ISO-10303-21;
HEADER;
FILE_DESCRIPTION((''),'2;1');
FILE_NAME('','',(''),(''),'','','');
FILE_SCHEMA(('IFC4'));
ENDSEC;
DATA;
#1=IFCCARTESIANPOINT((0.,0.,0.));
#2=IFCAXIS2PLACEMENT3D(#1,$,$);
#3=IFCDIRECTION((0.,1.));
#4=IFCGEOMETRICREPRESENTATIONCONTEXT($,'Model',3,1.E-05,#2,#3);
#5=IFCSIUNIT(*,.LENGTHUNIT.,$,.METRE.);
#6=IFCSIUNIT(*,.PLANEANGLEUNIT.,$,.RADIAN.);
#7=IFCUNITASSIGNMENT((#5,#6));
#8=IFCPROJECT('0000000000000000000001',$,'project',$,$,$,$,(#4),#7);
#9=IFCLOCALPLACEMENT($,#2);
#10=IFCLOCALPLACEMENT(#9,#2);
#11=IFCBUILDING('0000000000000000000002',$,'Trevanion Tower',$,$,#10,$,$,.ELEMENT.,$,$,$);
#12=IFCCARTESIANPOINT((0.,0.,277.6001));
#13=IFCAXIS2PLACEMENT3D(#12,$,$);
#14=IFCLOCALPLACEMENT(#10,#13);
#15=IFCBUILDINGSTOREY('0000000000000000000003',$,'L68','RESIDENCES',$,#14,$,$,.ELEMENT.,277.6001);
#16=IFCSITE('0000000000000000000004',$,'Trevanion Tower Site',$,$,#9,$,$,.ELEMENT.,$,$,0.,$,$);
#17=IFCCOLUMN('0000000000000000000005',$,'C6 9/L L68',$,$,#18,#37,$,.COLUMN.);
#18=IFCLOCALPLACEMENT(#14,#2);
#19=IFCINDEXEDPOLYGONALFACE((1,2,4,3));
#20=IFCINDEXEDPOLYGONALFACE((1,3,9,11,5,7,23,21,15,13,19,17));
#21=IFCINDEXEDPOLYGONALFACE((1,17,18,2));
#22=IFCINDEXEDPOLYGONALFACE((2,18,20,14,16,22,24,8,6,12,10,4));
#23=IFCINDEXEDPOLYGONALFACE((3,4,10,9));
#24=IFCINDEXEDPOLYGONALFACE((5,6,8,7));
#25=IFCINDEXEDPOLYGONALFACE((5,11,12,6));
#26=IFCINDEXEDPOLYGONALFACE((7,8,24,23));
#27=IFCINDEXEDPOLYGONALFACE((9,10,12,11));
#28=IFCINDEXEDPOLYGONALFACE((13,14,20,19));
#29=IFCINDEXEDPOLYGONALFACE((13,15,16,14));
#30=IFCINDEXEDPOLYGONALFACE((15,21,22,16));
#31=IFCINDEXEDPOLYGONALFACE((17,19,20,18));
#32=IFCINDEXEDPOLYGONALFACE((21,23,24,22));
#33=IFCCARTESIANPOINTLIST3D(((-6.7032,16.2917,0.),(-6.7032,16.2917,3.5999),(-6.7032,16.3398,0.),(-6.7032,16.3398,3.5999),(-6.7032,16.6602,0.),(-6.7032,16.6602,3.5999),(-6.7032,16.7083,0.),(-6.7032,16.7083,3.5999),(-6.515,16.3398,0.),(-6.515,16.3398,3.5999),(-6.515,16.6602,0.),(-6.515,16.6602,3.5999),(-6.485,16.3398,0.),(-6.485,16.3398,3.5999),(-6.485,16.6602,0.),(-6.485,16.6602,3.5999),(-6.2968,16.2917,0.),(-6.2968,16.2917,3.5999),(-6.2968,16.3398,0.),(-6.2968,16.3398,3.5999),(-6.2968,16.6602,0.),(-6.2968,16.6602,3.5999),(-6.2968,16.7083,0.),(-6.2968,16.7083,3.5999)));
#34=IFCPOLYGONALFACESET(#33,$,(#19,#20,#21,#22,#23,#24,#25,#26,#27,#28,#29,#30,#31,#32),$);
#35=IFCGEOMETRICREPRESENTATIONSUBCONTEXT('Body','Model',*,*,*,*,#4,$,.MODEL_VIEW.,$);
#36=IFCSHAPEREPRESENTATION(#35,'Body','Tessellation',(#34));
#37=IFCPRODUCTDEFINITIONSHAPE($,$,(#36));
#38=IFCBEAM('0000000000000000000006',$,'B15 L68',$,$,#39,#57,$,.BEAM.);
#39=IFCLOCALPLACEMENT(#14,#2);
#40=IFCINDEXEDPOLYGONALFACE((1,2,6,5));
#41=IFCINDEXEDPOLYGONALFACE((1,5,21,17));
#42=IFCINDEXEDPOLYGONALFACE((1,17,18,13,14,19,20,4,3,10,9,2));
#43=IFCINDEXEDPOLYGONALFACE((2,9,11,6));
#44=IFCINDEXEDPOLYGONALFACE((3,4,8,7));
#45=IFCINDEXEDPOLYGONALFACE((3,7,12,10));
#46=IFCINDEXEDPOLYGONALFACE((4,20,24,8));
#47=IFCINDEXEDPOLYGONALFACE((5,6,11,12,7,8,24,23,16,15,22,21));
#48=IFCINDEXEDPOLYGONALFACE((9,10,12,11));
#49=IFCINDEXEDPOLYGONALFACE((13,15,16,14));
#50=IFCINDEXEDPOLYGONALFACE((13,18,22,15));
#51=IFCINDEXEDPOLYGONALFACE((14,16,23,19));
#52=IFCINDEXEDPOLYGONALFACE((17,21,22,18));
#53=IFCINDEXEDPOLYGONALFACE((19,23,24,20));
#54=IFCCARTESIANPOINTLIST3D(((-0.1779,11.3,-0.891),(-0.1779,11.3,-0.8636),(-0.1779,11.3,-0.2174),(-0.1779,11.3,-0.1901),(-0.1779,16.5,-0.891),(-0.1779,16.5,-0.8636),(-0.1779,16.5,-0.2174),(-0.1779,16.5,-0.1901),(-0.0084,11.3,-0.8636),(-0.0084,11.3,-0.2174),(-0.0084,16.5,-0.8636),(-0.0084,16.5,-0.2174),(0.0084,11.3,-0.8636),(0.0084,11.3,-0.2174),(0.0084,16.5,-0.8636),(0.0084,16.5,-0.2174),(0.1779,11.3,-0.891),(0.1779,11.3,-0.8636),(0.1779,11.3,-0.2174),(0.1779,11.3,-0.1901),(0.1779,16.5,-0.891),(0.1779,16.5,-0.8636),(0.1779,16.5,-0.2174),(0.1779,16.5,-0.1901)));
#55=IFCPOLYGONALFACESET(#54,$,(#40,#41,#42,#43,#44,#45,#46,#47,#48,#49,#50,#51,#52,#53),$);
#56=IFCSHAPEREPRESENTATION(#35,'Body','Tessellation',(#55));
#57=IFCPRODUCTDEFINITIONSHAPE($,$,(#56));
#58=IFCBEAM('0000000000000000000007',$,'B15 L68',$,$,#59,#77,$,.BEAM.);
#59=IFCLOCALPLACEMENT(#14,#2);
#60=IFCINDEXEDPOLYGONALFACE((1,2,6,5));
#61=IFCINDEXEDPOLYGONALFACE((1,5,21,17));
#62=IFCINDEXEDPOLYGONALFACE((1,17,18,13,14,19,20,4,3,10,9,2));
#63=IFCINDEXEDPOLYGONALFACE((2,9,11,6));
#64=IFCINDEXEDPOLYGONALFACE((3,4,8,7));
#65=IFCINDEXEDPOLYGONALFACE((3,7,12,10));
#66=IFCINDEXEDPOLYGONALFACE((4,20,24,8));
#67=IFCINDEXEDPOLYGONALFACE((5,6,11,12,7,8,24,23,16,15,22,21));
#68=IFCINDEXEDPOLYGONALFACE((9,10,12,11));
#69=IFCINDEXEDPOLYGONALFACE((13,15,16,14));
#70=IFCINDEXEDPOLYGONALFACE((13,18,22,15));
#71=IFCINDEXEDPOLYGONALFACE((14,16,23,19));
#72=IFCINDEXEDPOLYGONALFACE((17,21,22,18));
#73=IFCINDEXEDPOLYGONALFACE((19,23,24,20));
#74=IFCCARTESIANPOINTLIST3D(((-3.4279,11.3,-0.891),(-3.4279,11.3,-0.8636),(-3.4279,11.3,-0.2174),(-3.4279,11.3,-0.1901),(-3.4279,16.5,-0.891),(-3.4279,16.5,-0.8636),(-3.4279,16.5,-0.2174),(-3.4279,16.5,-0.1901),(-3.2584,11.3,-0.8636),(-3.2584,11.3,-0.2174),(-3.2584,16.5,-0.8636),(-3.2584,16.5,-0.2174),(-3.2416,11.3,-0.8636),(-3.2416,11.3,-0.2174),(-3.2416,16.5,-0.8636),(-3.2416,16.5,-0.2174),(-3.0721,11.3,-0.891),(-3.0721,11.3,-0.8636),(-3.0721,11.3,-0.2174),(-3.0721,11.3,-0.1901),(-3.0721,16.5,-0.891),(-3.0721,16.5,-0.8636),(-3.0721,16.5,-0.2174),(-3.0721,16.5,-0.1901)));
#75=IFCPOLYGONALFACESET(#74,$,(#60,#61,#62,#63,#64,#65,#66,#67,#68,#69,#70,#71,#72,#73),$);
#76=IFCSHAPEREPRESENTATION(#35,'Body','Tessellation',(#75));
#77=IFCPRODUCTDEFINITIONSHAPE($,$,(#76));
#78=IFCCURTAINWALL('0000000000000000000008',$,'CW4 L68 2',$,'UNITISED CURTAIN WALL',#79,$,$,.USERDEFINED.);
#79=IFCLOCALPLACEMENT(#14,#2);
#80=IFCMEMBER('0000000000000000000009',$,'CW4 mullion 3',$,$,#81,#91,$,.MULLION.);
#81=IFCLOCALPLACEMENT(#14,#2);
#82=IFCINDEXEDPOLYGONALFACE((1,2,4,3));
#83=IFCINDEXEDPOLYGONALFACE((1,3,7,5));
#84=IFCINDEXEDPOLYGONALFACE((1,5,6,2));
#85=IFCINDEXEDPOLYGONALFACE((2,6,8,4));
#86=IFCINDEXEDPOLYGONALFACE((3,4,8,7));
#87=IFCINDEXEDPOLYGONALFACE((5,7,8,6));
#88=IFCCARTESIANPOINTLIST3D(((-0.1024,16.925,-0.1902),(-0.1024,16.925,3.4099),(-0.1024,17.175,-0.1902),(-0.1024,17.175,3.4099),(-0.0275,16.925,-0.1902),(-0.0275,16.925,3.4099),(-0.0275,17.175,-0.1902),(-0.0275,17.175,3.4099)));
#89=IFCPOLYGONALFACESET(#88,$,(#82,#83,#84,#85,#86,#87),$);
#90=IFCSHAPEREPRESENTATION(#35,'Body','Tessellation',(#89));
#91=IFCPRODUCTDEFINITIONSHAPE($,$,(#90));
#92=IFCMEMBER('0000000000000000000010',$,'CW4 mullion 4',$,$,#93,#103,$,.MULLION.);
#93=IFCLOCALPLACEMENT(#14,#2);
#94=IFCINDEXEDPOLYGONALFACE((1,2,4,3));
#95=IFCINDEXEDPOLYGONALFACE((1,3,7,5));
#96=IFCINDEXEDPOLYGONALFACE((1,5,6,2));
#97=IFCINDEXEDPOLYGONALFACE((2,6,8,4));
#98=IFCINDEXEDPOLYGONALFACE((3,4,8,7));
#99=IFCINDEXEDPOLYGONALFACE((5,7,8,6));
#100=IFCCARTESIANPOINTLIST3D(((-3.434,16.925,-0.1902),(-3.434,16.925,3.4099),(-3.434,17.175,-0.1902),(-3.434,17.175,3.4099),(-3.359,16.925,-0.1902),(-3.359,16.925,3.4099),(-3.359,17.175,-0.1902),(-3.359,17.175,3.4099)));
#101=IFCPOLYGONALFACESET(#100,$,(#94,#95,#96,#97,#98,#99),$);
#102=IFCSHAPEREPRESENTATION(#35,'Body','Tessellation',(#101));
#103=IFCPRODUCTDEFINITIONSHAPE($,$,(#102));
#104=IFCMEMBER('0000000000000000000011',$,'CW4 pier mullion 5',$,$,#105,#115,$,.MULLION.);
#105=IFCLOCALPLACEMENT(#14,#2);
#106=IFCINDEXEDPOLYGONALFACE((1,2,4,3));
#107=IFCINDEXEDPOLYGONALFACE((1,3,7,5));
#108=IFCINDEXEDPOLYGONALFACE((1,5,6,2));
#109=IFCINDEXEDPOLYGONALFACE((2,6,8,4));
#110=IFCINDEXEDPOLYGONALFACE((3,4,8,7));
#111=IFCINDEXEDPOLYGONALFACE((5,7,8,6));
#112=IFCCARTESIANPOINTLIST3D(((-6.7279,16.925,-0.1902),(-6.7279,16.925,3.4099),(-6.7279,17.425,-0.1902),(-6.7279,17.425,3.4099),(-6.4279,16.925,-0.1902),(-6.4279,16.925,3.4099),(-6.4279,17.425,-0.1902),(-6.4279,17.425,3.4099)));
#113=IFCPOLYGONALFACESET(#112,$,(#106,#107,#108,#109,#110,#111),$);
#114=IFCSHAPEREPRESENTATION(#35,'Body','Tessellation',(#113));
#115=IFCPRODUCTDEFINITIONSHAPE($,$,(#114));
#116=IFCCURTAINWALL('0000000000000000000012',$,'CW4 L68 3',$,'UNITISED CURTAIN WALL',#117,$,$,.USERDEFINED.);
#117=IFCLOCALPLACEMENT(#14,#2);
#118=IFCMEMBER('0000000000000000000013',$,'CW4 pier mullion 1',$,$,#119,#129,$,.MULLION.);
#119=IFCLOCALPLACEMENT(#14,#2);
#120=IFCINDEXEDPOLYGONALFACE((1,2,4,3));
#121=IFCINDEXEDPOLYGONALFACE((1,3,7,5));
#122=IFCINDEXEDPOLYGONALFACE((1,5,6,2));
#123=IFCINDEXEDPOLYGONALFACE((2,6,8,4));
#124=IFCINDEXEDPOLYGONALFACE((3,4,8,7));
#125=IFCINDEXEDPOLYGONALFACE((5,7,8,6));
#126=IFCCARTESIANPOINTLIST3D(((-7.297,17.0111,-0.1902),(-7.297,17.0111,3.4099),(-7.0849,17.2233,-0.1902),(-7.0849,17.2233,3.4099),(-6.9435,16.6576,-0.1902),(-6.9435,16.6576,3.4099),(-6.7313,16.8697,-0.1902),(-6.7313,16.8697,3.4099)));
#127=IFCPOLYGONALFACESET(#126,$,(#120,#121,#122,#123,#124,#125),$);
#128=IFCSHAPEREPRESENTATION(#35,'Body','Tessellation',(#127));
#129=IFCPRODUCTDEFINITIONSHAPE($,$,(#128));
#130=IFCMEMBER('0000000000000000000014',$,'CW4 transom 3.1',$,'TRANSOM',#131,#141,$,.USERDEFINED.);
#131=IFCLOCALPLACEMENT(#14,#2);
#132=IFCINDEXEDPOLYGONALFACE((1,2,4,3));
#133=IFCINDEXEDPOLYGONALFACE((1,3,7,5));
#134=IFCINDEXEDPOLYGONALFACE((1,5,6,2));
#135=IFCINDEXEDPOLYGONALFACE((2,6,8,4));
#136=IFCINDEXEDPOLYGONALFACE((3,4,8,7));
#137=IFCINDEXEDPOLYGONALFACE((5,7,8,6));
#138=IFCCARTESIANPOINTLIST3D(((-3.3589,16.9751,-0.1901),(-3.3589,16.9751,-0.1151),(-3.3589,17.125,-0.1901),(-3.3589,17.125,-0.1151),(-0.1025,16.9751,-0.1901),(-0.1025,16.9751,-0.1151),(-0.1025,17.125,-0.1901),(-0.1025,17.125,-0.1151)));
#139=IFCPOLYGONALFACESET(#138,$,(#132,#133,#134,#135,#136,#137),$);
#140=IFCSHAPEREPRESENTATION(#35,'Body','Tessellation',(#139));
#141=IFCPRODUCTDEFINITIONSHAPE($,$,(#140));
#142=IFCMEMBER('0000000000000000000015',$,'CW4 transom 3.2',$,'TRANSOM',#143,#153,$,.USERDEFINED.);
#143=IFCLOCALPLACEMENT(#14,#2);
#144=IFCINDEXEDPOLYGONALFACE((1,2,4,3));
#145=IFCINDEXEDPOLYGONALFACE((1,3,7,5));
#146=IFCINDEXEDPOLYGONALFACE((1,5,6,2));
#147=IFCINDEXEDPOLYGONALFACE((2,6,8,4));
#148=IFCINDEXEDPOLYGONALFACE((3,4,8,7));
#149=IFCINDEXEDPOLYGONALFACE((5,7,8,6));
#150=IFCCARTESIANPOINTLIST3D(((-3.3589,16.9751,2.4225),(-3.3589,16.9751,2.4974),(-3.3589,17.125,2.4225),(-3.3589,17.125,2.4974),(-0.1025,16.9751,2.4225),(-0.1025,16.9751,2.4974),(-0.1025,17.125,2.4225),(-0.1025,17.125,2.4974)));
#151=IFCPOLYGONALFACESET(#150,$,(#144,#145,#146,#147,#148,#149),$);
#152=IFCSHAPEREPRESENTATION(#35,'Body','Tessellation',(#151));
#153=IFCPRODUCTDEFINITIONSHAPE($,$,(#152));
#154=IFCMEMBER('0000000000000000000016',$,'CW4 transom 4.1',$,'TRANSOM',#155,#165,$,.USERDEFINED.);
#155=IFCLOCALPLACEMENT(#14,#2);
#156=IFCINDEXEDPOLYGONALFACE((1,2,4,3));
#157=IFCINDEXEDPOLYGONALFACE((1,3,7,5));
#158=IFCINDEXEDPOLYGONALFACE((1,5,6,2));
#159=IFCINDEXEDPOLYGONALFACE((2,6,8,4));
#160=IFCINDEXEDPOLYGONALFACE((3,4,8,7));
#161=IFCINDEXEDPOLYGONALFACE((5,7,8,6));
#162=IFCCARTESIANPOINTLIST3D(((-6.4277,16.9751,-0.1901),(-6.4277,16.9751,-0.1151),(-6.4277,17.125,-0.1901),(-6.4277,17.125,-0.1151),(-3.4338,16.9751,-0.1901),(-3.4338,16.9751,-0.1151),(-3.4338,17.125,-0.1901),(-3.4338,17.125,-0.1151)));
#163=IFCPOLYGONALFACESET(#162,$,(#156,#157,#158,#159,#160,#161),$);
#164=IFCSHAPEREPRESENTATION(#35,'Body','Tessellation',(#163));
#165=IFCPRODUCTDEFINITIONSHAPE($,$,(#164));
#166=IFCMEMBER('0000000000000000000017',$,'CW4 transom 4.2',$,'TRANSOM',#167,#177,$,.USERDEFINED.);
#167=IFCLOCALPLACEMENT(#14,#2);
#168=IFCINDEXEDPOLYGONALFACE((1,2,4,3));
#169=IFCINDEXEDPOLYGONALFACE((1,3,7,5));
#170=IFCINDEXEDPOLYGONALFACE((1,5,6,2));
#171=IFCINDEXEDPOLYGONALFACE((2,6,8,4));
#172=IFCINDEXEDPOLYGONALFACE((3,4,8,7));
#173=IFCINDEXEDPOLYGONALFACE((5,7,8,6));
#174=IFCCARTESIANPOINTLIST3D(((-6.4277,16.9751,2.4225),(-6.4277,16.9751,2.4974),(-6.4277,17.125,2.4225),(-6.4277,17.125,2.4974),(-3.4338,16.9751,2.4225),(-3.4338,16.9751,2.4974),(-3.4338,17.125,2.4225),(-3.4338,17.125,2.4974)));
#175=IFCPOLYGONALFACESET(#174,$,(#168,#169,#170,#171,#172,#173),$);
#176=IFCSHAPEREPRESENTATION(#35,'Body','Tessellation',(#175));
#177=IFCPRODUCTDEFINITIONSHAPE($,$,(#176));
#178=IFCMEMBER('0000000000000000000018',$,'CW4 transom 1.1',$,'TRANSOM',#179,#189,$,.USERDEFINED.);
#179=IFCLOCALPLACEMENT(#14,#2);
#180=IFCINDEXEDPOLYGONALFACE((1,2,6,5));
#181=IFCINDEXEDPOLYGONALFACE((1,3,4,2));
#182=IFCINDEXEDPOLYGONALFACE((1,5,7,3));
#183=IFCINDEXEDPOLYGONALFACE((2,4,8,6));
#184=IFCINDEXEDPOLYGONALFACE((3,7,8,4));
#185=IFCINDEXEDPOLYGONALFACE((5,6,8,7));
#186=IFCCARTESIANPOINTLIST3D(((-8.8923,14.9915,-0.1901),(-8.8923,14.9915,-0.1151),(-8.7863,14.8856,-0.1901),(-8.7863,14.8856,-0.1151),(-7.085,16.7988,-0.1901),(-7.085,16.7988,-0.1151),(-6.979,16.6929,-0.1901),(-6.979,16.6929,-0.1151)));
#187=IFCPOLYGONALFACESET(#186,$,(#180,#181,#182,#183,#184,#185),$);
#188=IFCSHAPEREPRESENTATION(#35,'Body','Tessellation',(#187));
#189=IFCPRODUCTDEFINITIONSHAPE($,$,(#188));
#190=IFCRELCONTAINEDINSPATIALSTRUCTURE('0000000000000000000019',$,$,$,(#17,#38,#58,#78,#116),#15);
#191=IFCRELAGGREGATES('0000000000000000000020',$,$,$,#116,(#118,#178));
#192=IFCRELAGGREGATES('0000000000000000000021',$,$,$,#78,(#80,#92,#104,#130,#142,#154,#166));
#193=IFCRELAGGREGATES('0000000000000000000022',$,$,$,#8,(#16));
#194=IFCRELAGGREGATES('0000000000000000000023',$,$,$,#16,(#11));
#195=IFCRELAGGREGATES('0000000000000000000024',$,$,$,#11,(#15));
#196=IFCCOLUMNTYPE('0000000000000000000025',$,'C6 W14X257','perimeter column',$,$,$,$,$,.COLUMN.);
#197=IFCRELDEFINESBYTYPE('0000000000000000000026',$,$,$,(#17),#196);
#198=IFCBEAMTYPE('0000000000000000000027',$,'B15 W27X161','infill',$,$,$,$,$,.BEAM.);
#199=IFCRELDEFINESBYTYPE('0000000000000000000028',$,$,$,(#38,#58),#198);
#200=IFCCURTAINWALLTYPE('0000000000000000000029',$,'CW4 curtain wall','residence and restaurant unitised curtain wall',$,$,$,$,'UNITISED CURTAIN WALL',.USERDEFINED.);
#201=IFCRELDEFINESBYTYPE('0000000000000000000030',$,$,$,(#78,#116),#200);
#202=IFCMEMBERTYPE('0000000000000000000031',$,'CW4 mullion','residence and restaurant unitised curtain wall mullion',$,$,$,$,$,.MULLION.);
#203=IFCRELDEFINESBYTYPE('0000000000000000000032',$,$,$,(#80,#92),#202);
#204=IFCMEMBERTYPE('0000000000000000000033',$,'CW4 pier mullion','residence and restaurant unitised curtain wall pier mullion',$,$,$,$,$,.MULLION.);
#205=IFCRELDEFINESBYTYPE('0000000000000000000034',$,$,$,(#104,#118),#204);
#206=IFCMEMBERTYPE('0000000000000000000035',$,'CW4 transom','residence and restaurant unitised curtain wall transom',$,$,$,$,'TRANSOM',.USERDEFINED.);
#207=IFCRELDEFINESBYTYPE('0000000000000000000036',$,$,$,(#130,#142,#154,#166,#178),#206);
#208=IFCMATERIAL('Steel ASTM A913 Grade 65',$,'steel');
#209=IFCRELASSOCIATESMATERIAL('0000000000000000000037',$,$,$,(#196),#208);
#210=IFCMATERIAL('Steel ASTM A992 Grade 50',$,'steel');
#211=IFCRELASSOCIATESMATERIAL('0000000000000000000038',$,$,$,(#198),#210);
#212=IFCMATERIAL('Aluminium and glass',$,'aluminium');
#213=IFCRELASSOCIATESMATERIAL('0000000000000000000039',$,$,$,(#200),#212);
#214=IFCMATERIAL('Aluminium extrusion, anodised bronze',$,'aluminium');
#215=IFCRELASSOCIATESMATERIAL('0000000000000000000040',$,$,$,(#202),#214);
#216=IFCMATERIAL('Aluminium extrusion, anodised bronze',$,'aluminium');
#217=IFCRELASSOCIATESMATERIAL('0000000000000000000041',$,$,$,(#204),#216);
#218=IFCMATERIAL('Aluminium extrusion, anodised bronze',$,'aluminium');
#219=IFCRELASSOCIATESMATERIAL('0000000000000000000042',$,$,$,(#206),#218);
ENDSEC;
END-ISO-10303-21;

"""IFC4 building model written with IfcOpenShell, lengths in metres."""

from ifc_helpers import new_model, si_unit, direction, frame, origin, origin_2d, place, context, subcontext, project, spatial, rectangle, i_section, extrude, material, material_profile, profile_set, type_object, element, aggregate, save


model = new_model("IFC4")

# Units and contexts
model_context = context("Model", 3, precision=1e-05, world=origin(), true_north=direction((0.0, 1.0)))
body_context = subcontext(model_context, "Body", "Model", "MODEL_VIEW")
ifc_project = project(units=[si_unit("LENGTHUNIT", "METRE"), si_unit("PLANEANGLEUNIT", "RADIAN")], contexts=[model_context])

# Site, building, storey
site_placement = place(None, origin())
site = spatial("IfcSite", under=ifc_project, at=site_placement, Name="Trevanion Tower Site", CompositionType="ELEMENT", RefElevation=0.0)
building_placement = place(site_placement, origin())
building = spatial("IfcBuilding", under=site, at=building_placement, Name="Trevanion Tower", CompositionType="ELEMENT")
storey_placement = place(building_placement, frame((0.0, 0.0, 277.6001)))
storey = spatial("IfcBuildingStorey", under=building, at=storey_placement, Name="L68", Description="RESIDENCES", CompositionType="ELEMENT", Elevation=277.6001)

# Column
ifc_material_1 = material(Name="Steel ASTM A913 Grade 65", Category="steel")
ifc_material_profile_1 = material_profile(ifc_material_1, i_section(OverallWidth=0.4065, OverallDepth=0.4165, WebThickness=0.03, FlangeThickness=0.0481, at=origin_2d()), Name="W14X257")
ifc_profile_set_1 = profile_set([ifc_material_profile_1], Name="Steel ASTM A913 Grade 65")
column_type = type_object("IfcColumnType", Name="C6 W14X257", Description="perimeter column", PredefinedType="COLUMN", material=ifc_profile_set_1)
column_placement = place(storey_placement, frame((-6.5, 16.5, 0.0), z_axis=(0.0, 0.0, 1.0), x_axis=(1.0, 0.0, 0.0)))
element("IfcColumn", 1, at=column_placement, inside=storey, type_object=column_type, Name="C6 9/L L68", PredefinedType="COLUMN", context=body_context, shape_type="SweptSolid", body=[
    extrude(i_section(OverallWidth=0.4065, OverallDepth=0.4165, WebThickness=0.03, FlangeThickness=0.0481, at=origin_2d()), origin(), (0.0, 0.0, 1.0), 3.5999),
])

# Beams
ifc_material_2 = material(Name="Steel ASTM A992 Grade 50", Category="steel")
ifc_material_profile_2 = material_profile(ifc_material_2, i_section(OverallWidth=0.3557, OverallDepth=0.7009, WebThickness=0.0168, FlangeThickness=0.0273, at=origin_2d()), Name="W27X161")
ifc_profile_set_2 = profile_set([ifc_material_profile_2], Name="Steel ASTM A992 Grade 50")
beam_type_1 = type_object("IfcBeamType", Name="B15 W27X161", Description="infill", PredefinedType="BEAM", material=ifc_profile_set_2)
for number, where, z_axis, x_axis, name in (
    (2, (0.0, 11.3, -0.5405), (0.0, 1.0, 0.0), (-1.0, 0.0, 0.0), "B15 L68"),
    (3, (-3.25, 11.3, -0.5405), (0.0, 1.0, 0.0), (-1.0, 0.0, 0.0), "B15 L68"),
):
    element("IfcBeam", number, at=place(storey_placement, frame(where, z_axis=z_axis, x_axis=x_axis)), inside=storey, type_object=beam_type_1, Name=name, PredefinedType="BEAM", context=body_context, shape_type="SweptSolid", body=[
        extrude(i_section(OverallWidth=0.3557, OverallDepth=0.7009, WebThickness=0.0168, FlangeThickness=0.0273, at=origin_2d()), origin(), (0.0, 0.0, 1.0), 5.2),
    ])

# Curtain wall, members
ifc_material_3 = material(Name="Aluminium and glass", Category="aluminium")
curtain_wall_type = type_object("IfcCurtainWallType", Name="CW4 curtain wall", Description="residence and restaurant unitised curtain wall", ElementType="UNITISED CURTAIN WALL", PredefinedType="USERDEFINED", material=ifc_material_3)
curtain_wall_1_placement = place(storey_placement, origin())
curtain_wall_1 = element("IfcCurtainWall", 4, at=curtain_wall_1_placement, inside=storey, type_object=curtain_wall_type, Name="CW4 L68 2", ObjectType="UNITISED CURTAIN WALL", PredefinedType="USERDEFINED")
ifc_material_4 = material(Name="Aluminium extrusion, anodised bronze", Category="aluminium")
ifc_material_profile_3 = material_profile(ifc_material_4, rectangle(XDim=0.075, YDim=0.25, at=origin_2d()), Name="CW4 mullion")
ifc_profile_set_3 = profile_set([ifc_material_profile_3], Name="Aluminium extrusion, anodised bronze")
member_type_1 = type_object("IfcMemberType", Name="CW4 mullion", Description="residence and restaurant unitised curtain wall mullion", PredefinedType="MULLION", material=ifc_profile_set_3)
member_1_placement = place(storey_placement, frame((-0.0649, 17.05, -0.1902), z_axis=(0.0, 0.0, 1.0), x_axis=(-1.0, 0.0, 0.0)))
member_1 = element("IfcMember", 5, at=member_1_placement, type_object=member_type_1, Name="CW4 mullion 3", PredefinedType="MULLION", context=body_context, shape_type="SweptSolid", body=[
    extrude(rectangle(XDim=0.075, YDim=0.25, at=origin_2d()), origin(), (0.0, 0.0, 1.0), 3.6001),
])
member_2_placement = place(storey_placement, frame((-3.3965, 17.05, -0.1902), z_axis=(0.0, 0.0, 1.0), x_axis=(-1.0, 0.0, 0.0)))
member_2 = element("IfcMember", 6, at=member_2_placement, type_object=member_type_1, Name="CW4 mullion 4", PredefinedType="MULLION", context=body_context, shape_type="SweptSolid", body=[
    extrude(rectangle(XDim=0.075, YDim=0.25, at=origin_2d()), origin(), (0.0, 0.0, 1.0), 3.6001),
])
ifc_material_5 = material(Name="Aluminium extrusion, anodised bronze", Category="aluminium")
ifc_material_profile_4 = material_profile(ifc_material_5, rectangle(XDim=0.3, YDim=0.5, at=origin_2d()), Name="CW4 pier mullion")
ifc_profile_set_4 = profile_set([ifc_material_profile_4], Name="Aluminium extrusion, anodised bronze")
member_type_2 = type_object("IfcMemberType", Name="CW4 pier mullion", Description="residence and restaurant unitised curtain wall pier mullion", PredefinedType="MULLION", material=ifc_profile_set_4)
member_3_placement = place(storey_placement, frame((-6.5779, 17.175, -0.1902), z_axis=(0.0, 0.0, 1.0), x_axis=(-1.0, 0.0, 0.0)))
member_3 = element("IfcMember", 7, at=member_3_placement, type_object=member_type_2, Name="CW4 pier mullion 5", PredefinedType="MULLION", context=body_context, shape_type="SweptSolid", body=[
    extrude(rectangle(XDim=0.3, YDim=0.5, at=origin_2d()), origin(), (0.0, 0.0, 1.0), 3.6001),
])

# Curtain wall, member
curtain_wall_2_placement = place(storey_placement, origin())
curtain_wall_2 = element("IfcCurtainWall", 8, at=curtain_wall_2_placement, inside=storey, type_object=curtain_wall_type, Name="CW4 L68 3", ObjectType="UNITISED CURTAIN WALL", PredefinedType="USERDEFINED")
member_4_placement = place(storey_placement, frame((-7.0142, 16.9404, -0.1902), z_axis=(0.0, 0.0, 1.0), x_axis=(-0.707107, -0.707107, 0.0)))
member_4 = element("IfcMember", 9, at=member_4_placement, type_object=member_type_2, Name="CW4 pier mullion 1", PredefinedType="MULLION", context=body_context, shape_type="SweptSolid", body=[
    extrude(rectangle(XDim=0.3, YDim=0.5, at=origin_2d()), origin(), (0.0, 0.0, 1.0), 3.6001),
])

# Members
ifc_material_6 = material(Name="Aluminium extrusion, anodised bronze", Category="aluminium")
ifc_material_profile_5 = material_profile(ifc_material_6, rectangle(XDim=0.1499, YDim=0.075, at=origin_2d()), Name="CW4 transom")
ifc_profile_set_5 = profile_set([ifc_material_profile_5], Name="Aluminium extrusion, anodised bronze")
member_type_3 = type_object("IfcMemberType", Name="CW4 transom", Description="residence and restaurant unitised curtain wall transom", ElementType="TRANSOM", PredefinedType="USERDEFINED", material=ifc_profile_set_5)
member_5_placement = place(storey_placement, frame((-0.1025, 17.05, -0.1526), z_axis=(-1.0, 0.0, 0.0), x_axis=(0.0, -1.0, 0.0)))
member_5 = element("IfcMember", 10, at=member_5_placement, type_object=member_type_3, Name="CW4 transom 3.1", ObjectType="TRANSOM", PredefinedType="USERDEFINED", context=body_context, shape_type="SweptSolid", body=[
    extrude(rectangle(XDim=0.1499, YDim=0.075, at=origin_2d()), origin(), (0.0, 0.0, 1.0), 3.2563),
])
member_6_placement = place(storey_placement, frame((-0.1025, 17.05, 2.46), z_axis=(-1.0, 0.0, 0.0), x_axis=(0.0, -1.0, 0.0)))
member_6 = element("IfcMember", 11, at=member_6_placement, type_object=member_type_3, Name="CW4 transom 3.2", ObjectType="TRANSOM", PredefinedType="USERDEFINED", context=body_context, shape_type="SweptSolid", body=[
    extrude(rectangle(XDim=0.1499, YDim=0.075, at=origin_2d()), origin(), (0.0, 0.0, 1.0), 3.2563),
])
member_7_placement = place(storey_placement, frame((-3.4338, 17.05, -0.1526), z_axis=(-1.0, 0.0, 0.0), x_axis=(0.0, -1.0, 0.0)))
member_7 = element("IfcMember", 12, at=member_7_placement, type_object=member_type_3, Name="CW4 transom 4.1", ObjectType="TRANSOM", PredefinedType="USERDEFINED", context=body_context, shape_type="SweptSolid", body=[
    extrude(rectangle(XDim=0.1499, YDim=0.075, at=origin_2d()), origin(), (0.0, 0.0, 1.0), 2.9939),
])
member_8_placement = place(storey_placement, frame((-3.4338, 17.05, 2.46), z_axis=(-1.0, 0.0, 0.0), x_axis=(0.0, -1.0, 0.0)))
member_8 = element("IfcMember", 13, at=member_8_placement, type_object=member_type_3, Name="CW4 transom 4.2", ObjectType="TRANSOM", PredefinedType="USERDEFINED", context=body_context, shape_type="SweptSolid", body=[
    extrude(rectangle(XDim=0.1499, YDim=0.075, at=origin_2d()), origin(), (0.0, 0.0, 1.0), 2.9939),
])
member_9_placement = place(storey_placement, frame((-7.032, 16.7458, -0.1526), z_axis=(-0.707107, -0.707107, 0.0), x_axis=(0.707107, -0.707107, 0.0)))
member_9 = element("IfcMember", 14, at=member_9_placement, type_object=member_type_3, Name="CW4 transom 1.1", ObjectType="TRANSOM", PredefinedType="USERDEFINED", context=body_context, shape_type="SweptSolid", body=[
    extrude(rectangle(XDim=0.1499, YDim=0.075, at=origin_2d()), origin(), (0.0, 0.0, 1.0), 2.5559),
])
aggregate(curtain_wall_2, [member_4, member_9])

aggregate(curtain_wall_1, [member_1, member_2, member_3, member_5, member_6, member_7, member_8])

save(model, "model.ifc")
